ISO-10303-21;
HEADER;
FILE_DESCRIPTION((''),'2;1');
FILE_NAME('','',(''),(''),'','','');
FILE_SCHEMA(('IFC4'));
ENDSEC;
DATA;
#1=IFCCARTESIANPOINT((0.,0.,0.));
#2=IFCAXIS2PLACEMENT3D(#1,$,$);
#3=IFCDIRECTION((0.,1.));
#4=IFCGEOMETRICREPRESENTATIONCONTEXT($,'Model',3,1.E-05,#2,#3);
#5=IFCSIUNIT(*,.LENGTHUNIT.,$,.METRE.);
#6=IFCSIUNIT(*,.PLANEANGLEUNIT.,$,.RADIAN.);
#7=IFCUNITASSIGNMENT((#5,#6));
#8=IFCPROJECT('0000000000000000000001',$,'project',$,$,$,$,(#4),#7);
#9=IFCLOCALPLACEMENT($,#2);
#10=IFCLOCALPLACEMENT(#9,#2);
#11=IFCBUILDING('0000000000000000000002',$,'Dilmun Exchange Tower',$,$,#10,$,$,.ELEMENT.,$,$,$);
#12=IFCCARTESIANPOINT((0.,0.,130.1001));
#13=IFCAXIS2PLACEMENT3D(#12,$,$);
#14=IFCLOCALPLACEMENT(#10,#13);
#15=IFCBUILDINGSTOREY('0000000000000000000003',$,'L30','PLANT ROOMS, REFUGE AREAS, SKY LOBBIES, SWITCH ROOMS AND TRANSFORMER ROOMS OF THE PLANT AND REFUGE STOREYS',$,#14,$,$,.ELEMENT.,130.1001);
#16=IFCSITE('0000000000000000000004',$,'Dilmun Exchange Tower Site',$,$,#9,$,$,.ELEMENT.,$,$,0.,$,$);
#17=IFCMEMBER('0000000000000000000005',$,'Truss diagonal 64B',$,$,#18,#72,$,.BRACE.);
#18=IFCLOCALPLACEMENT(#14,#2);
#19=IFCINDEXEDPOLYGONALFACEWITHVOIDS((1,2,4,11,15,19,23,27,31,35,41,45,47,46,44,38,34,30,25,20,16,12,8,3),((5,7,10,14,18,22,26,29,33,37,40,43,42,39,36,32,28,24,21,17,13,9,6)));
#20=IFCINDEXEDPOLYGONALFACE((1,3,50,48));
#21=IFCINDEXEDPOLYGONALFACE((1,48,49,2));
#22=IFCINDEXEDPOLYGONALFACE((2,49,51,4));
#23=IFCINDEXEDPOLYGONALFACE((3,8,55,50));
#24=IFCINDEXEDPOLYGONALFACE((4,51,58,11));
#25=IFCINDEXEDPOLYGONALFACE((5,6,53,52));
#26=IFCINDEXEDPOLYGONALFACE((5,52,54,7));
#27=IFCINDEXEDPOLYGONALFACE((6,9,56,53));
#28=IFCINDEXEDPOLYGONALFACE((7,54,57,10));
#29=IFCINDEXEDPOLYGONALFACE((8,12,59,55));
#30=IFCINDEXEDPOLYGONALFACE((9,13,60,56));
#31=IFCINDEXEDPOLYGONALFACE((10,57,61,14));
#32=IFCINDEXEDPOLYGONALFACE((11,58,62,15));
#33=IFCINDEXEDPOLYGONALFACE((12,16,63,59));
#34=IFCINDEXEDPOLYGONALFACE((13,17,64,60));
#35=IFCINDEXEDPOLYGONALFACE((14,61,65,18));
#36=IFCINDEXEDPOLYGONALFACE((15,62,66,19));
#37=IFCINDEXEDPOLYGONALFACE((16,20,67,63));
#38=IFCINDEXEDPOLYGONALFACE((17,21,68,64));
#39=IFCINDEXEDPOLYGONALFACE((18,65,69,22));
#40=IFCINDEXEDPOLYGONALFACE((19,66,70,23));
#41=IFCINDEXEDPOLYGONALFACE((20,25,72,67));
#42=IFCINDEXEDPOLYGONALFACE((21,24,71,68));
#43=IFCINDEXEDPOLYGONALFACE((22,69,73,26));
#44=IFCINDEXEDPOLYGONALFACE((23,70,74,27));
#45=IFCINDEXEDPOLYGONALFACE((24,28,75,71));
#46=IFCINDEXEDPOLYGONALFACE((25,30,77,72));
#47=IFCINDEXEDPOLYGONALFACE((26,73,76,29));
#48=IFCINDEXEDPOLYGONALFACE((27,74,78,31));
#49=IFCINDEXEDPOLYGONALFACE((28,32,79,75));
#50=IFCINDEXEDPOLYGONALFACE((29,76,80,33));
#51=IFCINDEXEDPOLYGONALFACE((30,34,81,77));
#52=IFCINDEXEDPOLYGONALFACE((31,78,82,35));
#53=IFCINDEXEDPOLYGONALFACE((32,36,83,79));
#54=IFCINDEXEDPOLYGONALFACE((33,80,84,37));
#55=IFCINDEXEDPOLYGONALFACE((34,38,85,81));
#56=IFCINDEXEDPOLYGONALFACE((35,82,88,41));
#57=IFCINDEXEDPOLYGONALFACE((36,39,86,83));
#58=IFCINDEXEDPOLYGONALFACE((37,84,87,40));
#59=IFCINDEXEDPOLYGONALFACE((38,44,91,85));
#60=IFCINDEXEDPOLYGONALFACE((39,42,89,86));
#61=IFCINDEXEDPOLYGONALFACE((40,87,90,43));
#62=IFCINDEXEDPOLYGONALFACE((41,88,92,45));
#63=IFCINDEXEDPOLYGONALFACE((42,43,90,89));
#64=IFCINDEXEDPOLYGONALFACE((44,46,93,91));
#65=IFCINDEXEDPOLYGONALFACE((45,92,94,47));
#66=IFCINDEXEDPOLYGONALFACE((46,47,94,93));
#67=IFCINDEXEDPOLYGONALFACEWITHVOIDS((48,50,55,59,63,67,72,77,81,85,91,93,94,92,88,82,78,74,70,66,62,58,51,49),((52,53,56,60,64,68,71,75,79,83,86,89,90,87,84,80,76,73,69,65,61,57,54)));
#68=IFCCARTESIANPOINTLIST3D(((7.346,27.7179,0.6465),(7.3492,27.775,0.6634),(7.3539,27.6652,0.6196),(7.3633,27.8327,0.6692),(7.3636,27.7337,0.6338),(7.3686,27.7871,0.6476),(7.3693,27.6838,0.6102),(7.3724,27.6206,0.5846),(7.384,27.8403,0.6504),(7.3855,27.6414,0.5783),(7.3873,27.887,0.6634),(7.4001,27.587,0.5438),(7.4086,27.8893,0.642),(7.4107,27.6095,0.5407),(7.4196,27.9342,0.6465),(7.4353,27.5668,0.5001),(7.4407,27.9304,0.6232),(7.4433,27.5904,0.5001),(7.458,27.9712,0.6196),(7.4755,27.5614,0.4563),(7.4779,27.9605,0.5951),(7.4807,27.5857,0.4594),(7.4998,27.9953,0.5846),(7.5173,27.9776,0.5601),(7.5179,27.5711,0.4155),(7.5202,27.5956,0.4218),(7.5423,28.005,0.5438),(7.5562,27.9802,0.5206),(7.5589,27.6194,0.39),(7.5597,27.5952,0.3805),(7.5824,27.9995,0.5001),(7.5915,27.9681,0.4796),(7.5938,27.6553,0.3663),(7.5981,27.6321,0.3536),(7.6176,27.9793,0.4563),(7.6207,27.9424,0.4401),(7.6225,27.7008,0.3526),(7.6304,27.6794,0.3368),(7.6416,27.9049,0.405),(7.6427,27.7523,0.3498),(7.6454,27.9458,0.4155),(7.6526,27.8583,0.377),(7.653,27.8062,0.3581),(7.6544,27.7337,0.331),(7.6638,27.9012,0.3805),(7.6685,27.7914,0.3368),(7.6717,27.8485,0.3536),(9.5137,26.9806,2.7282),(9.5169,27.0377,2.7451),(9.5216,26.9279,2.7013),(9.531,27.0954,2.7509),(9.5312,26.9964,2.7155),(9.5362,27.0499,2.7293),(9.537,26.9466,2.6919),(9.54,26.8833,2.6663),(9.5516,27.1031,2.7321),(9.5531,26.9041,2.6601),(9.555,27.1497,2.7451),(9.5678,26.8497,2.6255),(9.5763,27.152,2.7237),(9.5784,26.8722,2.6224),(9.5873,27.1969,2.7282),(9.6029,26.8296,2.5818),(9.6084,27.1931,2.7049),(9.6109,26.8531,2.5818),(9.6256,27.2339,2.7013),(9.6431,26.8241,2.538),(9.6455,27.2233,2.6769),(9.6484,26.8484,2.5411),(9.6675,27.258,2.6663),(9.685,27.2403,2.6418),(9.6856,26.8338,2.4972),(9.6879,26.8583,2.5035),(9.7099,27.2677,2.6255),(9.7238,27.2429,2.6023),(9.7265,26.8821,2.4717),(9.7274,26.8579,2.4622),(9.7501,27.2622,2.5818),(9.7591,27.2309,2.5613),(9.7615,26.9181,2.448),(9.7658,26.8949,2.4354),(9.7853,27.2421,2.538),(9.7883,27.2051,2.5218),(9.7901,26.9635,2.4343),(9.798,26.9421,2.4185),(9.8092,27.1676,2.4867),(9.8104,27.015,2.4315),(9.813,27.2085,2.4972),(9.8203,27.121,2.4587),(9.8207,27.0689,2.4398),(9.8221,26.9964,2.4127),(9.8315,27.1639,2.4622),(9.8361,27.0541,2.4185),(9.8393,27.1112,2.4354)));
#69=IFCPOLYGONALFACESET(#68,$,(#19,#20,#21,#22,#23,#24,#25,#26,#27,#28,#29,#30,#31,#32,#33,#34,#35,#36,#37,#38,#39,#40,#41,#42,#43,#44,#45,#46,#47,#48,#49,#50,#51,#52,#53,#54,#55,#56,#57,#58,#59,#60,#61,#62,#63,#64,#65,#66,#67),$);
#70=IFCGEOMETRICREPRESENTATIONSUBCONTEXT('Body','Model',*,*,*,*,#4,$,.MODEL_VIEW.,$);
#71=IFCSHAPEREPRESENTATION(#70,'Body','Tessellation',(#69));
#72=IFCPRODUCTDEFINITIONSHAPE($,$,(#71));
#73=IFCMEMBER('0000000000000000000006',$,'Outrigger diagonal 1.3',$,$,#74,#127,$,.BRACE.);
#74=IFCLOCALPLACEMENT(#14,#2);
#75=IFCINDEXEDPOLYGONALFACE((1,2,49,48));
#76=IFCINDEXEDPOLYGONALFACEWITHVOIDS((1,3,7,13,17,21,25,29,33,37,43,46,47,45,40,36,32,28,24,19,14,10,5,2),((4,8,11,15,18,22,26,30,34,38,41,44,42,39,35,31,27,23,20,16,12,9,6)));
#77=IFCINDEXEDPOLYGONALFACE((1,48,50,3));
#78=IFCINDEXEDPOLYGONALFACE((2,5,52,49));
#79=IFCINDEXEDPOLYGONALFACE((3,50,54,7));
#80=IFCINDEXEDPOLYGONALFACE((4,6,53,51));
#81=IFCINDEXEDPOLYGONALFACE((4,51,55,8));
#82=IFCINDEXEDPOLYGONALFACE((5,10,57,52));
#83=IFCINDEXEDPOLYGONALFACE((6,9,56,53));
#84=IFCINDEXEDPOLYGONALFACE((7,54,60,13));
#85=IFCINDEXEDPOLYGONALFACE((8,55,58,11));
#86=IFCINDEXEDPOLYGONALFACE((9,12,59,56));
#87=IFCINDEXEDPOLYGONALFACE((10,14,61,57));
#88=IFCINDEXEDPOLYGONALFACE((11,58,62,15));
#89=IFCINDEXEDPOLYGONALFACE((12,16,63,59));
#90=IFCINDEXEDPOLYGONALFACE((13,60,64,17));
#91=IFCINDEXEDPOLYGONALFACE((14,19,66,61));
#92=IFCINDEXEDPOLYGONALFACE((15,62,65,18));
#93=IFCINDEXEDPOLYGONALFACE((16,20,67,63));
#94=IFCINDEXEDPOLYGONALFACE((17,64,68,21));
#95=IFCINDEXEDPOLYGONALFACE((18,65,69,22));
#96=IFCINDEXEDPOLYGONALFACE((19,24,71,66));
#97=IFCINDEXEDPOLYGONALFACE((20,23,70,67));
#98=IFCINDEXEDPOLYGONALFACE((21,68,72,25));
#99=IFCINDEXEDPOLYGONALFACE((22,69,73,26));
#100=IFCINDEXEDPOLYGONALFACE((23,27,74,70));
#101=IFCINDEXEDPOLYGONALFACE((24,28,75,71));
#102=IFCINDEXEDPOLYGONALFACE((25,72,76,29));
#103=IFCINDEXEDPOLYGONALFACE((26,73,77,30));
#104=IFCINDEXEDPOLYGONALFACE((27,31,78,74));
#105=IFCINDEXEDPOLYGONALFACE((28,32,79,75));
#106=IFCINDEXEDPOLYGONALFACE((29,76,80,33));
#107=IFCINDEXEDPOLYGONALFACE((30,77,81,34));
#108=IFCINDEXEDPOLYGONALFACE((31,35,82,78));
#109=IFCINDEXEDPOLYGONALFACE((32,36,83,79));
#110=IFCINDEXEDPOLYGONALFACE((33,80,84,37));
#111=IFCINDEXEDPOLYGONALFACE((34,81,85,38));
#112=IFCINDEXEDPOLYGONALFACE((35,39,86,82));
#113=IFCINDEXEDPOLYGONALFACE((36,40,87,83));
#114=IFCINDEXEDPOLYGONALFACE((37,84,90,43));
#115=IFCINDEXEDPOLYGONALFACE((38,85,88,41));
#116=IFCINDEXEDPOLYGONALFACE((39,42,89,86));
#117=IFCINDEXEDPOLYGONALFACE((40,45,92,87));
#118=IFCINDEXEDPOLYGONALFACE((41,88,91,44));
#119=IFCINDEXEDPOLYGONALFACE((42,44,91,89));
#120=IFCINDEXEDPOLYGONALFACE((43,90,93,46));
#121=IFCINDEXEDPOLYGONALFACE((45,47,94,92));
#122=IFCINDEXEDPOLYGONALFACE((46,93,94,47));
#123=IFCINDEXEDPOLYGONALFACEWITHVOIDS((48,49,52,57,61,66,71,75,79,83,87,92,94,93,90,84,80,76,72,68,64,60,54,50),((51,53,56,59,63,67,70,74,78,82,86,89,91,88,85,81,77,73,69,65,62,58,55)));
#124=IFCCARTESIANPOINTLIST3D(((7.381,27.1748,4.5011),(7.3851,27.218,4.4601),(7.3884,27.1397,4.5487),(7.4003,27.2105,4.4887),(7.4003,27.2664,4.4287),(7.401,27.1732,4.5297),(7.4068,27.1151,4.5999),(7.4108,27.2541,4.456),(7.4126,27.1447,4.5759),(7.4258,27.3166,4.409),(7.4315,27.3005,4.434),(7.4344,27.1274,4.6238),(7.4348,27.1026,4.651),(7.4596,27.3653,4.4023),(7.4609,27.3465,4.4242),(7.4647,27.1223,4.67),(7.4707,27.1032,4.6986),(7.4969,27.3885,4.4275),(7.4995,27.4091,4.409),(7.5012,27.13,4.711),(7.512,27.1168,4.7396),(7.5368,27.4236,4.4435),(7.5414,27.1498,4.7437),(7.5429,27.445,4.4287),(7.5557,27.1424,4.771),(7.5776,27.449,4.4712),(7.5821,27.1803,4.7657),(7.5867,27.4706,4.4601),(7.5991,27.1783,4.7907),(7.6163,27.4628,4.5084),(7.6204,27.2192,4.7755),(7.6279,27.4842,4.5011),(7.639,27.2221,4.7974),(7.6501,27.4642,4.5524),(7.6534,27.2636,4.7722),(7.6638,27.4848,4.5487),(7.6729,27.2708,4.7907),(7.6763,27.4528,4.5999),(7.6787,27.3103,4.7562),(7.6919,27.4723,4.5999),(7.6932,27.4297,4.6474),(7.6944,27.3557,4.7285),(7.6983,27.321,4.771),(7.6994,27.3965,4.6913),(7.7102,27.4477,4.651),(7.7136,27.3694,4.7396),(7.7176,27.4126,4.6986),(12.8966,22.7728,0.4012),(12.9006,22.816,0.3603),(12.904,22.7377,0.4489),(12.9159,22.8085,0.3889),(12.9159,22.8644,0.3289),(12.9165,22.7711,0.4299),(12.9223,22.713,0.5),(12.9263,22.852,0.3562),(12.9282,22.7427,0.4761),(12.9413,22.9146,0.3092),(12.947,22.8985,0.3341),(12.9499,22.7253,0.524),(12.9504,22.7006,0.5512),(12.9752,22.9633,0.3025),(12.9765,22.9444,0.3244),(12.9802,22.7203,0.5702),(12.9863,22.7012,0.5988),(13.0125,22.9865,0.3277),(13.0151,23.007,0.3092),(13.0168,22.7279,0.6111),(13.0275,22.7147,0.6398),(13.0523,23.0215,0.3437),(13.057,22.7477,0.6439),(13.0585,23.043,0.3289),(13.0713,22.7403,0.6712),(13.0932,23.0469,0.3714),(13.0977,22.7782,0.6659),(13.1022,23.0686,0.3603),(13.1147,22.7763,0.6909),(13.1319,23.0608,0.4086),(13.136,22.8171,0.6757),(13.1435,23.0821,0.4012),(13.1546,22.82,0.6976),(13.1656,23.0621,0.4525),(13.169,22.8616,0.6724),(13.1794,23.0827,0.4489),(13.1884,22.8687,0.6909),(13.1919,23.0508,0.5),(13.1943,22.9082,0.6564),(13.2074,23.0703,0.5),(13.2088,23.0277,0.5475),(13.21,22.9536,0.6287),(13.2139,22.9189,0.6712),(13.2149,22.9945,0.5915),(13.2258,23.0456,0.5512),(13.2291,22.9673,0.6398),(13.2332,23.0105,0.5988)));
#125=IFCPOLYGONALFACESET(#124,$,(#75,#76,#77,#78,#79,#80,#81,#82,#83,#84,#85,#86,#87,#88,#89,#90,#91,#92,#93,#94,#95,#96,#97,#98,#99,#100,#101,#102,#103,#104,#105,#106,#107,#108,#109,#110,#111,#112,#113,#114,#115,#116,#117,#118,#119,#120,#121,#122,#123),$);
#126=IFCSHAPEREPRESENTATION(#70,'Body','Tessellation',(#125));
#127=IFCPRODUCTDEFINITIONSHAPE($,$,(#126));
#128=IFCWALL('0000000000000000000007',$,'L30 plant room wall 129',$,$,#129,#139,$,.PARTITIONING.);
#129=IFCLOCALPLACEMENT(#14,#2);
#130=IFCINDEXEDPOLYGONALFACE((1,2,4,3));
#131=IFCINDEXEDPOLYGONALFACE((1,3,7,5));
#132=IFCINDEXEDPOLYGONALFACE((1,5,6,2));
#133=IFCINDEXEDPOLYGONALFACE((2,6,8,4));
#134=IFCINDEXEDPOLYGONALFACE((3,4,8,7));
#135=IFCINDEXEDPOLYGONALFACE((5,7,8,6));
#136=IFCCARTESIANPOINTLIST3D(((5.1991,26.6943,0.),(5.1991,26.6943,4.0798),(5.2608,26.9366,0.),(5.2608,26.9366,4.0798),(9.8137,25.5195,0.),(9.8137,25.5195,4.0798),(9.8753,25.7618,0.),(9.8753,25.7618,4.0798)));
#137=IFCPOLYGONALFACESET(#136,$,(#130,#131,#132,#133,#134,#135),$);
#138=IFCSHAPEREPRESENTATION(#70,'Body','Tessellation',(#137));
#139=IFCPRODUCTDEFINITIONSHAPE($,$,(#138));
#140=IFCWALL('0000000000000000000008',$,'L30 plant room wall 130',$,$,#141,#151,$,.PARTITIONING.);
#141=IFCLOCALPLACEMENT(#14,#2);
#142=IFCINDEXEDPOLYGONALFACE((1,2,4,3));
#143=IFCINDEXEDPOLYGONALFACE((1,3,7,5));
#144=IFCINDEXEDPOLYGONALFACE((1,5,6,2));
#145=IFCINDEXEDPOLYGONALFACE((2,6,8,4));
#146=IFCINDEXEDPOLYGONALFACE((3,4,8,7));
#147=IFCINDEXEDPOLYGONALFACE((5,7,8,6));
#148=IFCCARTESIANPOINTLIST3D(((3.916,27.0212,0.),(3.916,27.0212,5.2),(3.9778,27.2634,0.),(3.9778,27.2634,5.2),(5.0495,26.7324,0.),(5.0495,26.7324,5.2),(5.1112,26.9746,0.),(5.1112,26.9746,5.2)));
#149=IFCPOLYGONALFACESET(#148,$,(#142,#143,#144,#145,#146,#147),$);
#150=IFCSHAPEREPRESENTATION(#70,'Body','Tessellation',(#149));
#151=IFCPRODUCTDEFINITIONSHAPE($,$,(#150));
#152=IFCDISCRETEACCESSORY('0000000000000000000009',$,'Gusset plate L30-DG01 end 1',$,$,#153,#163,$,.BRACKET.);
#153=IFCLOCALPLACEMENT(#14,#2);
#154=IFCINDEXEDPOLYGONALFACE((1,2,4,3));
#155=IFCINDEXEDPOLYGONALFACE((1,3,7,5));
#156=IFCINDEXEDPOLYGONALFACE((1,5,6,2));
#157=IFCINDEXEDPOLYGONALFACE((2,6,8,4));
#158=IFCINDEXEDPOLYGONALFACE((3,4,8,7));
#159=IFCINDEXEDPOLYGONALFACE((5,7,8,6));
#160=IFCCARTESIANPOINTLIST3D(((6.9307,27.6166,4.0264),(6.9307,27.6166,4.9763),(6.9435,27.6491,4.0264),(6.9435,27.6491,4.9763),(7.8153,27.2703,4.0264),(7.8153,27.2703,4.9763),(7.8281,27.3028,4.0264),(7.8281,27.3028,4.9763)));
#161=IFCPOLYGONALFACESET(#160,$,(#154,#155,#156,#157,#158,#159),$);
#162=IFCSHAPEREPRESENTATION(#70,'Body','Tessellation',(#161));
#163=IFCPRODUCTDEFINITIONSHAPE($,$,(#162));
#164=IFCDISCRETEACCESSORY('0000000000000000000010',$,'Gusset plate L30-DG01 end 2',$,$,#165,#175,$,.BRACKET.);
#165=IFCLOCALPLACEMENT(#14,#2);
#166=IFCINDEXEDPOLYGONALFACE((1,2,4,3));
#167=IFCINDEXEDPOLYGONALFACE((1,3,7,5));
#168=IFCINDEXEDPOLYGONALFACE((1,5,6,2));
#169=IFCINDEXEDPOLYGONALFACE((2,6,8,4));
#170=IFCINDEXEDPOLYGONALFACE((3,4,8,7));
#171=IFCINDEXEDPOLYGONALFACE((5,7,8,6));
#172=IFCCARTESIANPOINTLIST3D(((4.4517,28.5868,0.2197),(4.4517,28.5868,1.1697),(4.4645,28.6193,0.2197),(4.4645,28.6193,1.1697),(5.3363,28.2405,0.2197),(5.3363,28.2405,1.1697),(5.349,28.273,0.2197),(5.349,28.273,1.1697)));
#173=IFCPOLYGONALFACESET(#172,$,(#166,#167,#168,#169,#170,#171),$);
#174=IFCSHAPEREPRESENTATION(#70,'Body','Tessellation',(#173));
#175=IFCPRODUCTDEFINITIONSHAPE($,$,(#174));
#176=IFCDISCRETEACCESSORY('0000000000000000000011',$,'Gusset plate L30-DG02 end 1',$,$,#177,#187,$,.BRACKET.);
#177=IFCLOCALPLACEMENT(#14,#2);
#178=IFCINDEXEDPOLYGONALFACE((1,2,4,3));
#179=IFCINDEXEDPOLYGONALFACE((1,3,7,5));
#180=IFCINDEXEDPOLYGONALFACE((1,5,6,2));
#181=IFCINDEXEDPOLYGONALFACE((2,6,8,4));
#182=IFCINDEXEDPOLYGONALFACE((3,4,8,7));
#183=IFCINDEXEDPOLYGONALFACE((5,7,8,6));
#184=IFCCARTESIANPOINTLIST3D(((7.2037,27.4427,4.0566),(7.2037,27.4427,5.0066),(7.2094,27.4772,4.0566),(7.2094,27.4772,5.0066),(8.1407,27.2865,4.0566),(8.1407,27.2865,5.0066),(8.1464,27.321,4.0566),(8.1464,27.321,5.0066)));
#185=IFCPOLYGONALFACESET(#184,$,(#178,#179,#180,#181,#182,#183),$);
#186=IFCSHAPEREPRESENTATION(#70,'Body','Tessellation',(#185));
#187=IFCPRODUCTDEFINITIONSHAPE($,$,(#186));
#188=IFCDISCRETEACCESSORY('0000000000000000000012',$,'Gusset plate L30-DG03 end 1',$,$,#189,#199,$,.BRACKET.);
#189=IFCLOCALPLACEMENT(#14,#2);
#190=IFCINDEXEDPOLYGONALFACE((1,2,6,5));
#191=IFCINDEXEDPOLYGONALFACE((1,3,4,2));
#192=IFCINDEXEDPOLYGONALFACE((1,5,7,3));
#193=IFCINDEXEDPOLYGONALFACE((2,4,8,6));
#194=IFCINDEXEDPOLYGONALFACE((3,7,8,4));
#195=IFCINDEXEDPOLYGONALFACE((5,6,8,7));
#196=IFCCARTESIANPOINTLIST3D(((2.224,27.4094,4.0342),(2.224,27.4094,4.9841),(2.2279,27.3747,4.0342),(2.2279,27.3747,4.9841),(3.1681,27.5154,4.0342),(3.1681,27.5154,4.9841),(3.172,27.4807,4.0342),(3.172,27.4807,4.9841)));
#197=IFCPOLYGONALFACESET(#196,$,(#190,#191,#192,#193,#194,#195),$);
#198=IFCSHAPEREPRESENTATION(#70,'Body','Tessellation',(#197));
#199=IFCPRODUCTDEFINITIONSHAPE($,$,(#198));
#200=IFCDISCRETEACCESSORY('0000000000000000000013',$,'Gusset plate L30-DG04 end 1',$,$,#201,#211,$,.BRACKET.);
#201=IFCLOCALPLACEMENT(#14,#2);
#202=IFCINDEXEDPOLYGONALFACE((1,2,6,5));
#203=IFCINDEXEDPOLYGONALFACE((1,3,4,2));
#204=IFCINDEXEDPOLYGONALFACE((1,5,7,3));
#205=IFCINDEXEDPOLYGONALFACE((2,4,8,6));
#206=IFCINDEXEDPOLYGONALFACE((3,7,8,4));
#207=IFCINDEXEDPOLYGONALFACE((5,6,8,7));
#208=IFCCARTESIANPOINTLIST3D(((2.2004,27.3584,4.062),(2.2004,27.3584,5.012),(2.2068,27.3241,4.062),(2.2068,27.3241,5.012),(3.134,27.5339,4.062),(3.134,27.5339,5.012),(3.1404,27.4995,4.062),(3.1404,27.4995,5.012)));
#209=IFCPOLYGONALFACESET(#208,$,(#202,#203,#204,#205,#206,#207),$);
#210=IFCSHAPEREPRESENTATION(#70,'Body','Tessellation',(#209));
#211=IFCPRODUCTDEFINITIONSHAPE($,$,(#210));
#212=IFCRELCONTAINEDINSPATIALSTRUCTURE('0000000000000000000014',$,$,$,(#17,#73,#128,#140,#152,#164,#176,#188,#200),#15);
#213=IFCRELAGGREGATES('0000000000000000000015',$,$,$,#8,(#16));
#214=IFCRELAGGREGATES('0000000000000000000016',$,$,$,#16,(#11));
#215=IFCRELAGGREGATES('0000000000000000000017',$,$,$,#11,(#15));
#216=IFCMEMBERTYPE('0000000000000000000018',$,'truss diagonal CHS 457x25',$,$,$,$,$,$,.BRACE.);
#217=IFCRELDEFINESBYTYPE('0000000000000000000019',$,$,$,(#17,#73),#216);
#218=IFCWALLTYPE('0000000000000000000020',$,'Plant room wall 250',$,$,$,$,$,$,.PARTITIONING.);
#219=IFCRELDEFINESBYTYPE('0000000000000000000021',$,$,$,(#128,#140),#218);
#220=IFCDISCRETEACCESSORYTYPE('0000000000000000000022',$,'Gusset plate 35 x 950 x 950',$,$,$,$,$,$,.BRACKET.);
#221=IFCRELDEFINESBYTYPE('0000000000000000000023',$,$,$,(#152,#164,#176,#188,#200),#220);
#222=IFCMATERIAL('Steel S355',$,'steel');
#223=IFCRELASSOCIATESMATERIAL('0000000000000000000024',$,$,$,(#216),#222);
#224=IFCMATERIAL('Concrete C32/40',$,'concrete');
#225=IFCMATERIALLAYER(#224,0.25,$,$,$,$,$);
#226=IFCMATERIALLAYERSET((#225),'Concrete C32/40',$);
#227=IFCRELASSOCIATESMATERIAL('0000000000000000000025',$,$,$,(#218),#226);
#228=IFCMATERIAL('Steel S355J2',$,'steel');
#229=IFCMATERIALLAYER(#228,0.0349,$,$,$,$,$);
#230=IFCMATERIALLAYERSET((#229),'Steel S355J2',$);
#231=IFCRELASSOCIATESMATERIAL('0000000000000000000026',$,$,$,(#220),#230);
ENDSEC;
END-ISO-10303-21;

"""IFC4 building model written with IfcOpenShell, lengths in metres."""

from ifc_helpers import new_model, si_unit, direction, frame, frame_2d, origin, origin_2d, place, context, subcontext, project, spatial, rectangle, hollow_circle, extrude, material, layer, layer_set, material_profile, profile_set, type_object, element, save


model = new_model("IFC4")

# Units and contexts
model_context = context("Model", 3, precision=1e-05, world=origin(), true_north=direction((0.0, 1.0)))
body_context = subcontext(model_context, "Body", "Model", "MODEL_VIEW")
ifc_project = project(units=[si_unit("LENGTHUNIT", "METRE"), si_unit("PLANEANGLEUNIT", "RADIAN")], contexts=[model_context])

# Site, building, storey
site_placement = place(None, origin())
site = spatial("IfcSite", under=ifc_project, at=site_placement, Name="Dilmun Exchange Tower Site", CompositionType="ELEMENT", RefElevation=0.0)
building_placement = place(site_placement, origin())
building = spatial("IfcBuilding", under=site, at=building_placement, Name="Dilmun Exchange Tower", CompositionType="ELEMENT")
storey_placement = place(building_placement, frame((0.0, 0.0, 130.1001)))
storey = spatial("IfcBuildingStorey", under=building, at=storey_placement, Name="L30", Description="PLANT ROOMS, REFUGE AREAS, SKY LOBBIES, SWITCH ROOMS AND TRANSFORMER ROOMS OF THE PLANT AND REFUGE STOREYS", CompositionType="ELEMENT", Elevation=130.1001)

# Shared definitions
ifc_material_1 = material(Name="Steel S355", Category="steel")

# Members
ifc_material_profile_1 = material_profile(ifc_material_1, hollow_circle(Radius=0.2285, WallThickness=0.0249, at=origin_2d()), Name="CHS 457x25")
ifc_profile_set_1 = profile_set([ifc_material_profile_1], Name="Steel S355")
member_type = type_object("IfcMemberType", Name="truss diagonal CHS 457x25", PredefinedType="BRACE", material=ifc_profile_set_1)
member_1_placement = place(storey_placement, frame((9.6765, 27.0459, 2.5818), z_axis=(-0.700489, 0.238256, -0.672718), x_axis=(-0.322012, -0.946736, 0.0)))
element("IfcMember", 1, at=member_1_placement, inside=storey, type_object=member_type, Name="Truss diagonal 64B", PredefinedType="BRACE", context=body_context, shape_type="SweptSolid", body=[
    extrude(hollow_circle(Radius=0.2285, WallThickness=0.0249, at=origin_2d()), origin(), (0.0, 0.0, 1.0), 3.0945),
])
member_2_placement = place(storey_placement, frame((7.5493, 27.2937, 4.5999), z_axis=(0.675814, -0.539377, -0.502343), x_axis=(0.623796, 0.781587, 0.0)))
element("IfcMember", 2, at=member_2_placement, inside=storey, type_object=member_type, Name="Outrigger diagonal 1.3", PredefinedType="BRACE", context=body_context, shape_type="SweptSolid", body=[
    extrude(hollow_circle(Radius=0.2285, WallThickness=0.0249, at=origin_2d()), origin(), (0.0, 0.0, 1.0), 8.1614),
])

# Walls
ifc_material_2 = material(Name="Concrete C32/40", Category="concrete")
ifc_layer_1 = layer(ifc_material_2, 0.25)
ifc_layer_set_1 = layer_set([ifc_layer_1], Name="Concrete C32/40")
wall_type = type_object("IfcWallType", Name="Plant room wall 250", PredefinedType="PARTITIONING", material=ifc_layer_set_1)
wall_1_placement = place(storey_placement, frame((5.23, 26.8154, 0.0), z_axis=(0.0, 0.0, 1.0), x_axis=(0.969087, -0.24672, 0.0)))
element("IfcWall", 3, at=wall_1_placement, inside=storey, type_object=wall_type, Name="L30 plant room wall 129", PredefinedType="PARTITIONING", context=body_context, shape_type="SweptSolid", body=[
    extrude(rectangle(XDim=4.7617, YDim=0.25, at=frame_2d((2.3809, 0.0))), origin(), (0.0, 0.0, 1.0), 4.0798),
])
wall_2_placement = place(storey_placement, frame((3.9468, 27.1423, 0.0), z_axis=(0.0, 0.0, 1.0), x_axis=(0.96904, -0.246904, 0.0)))
element("IfcWall", 4, at=wall_2_placement, inside=storey, type_object=wall_type, Name="L30 plant room wall 130", PredefinedType="PARTITIONING", context=body_context, shape_type="SweptSolid", body=[
    extrude(rectangle(XDim=1.1697, YDim=0.25, at=frame_2d((0.585, 0.0))), origin(), (0.0, 0.0, 1.0), 5.2),
])

# Discrete accessories
ifc_material_3 = material(Name="Steel S355J2", Category="steel")
ifc_layer_2 = layer(ifc_material_3, 0.0349)
ifc_layer_set_2 = layer_set([ifc_layer_2], Name="Steel S355J2")
discrete_accessory_type = type_object("IfcDiscreteAccessoryType", Name="Gusset plate 35 x 950 x 950", PredefinedType="BRACKET", material=ifc_layer_set_2)
for number, where, z_axis, x_axis, name in (
    (5, (7.3794, 27.4597, 4.0264), (0.0, 0.0, 1.0), (-0.931196, 0.364518, 0.0), "Gusset plate L30-DG01 end 1"),
    (6, (4.9004, 28.4299, 0.2197), (0.0, 0.0, 1.0), (-0.931196, 0.364518, 0.0), "Gusset plate L30-DG01 end 2"),
    (7, (7.675, 27.3818, 4.0566), (0.0, 0.0, 1.0), (0.986388, -0.164436, 0.0), "Gusset plate L30-DG02 end 1"),
    (8, (2.698, 27.4451, 4.0342), (0.0, 0.0, 1.0), (-0.993761, -0.111531, 0.0), "Gusset plate L30-DG03 end 1"),
    (9, (2.6704, 27.429, 4.062), (0.0, 0.0, 1.0), (-0.98279, -0.184728, 0.0), "Gusset plate L30-DG04 end 1"),
):
    element("IfcDiscreteAccessory", number, at=place(storey_placement, frame(where, z_axis=z_axis, x_axis=x_axis)), inside=storey, type_object=discrete_accessory_type, Name=name, PredefinedType="BRACKET", context=body_context, shape_type="SweptSolid", body=[
        extrude(rectangle(XDim=0.95, YDim=0.0349, at=origin_2d()), origin(), (0.0, 0.0, 1.0), 0.95),
    ])

save(model, "model.ifc")
